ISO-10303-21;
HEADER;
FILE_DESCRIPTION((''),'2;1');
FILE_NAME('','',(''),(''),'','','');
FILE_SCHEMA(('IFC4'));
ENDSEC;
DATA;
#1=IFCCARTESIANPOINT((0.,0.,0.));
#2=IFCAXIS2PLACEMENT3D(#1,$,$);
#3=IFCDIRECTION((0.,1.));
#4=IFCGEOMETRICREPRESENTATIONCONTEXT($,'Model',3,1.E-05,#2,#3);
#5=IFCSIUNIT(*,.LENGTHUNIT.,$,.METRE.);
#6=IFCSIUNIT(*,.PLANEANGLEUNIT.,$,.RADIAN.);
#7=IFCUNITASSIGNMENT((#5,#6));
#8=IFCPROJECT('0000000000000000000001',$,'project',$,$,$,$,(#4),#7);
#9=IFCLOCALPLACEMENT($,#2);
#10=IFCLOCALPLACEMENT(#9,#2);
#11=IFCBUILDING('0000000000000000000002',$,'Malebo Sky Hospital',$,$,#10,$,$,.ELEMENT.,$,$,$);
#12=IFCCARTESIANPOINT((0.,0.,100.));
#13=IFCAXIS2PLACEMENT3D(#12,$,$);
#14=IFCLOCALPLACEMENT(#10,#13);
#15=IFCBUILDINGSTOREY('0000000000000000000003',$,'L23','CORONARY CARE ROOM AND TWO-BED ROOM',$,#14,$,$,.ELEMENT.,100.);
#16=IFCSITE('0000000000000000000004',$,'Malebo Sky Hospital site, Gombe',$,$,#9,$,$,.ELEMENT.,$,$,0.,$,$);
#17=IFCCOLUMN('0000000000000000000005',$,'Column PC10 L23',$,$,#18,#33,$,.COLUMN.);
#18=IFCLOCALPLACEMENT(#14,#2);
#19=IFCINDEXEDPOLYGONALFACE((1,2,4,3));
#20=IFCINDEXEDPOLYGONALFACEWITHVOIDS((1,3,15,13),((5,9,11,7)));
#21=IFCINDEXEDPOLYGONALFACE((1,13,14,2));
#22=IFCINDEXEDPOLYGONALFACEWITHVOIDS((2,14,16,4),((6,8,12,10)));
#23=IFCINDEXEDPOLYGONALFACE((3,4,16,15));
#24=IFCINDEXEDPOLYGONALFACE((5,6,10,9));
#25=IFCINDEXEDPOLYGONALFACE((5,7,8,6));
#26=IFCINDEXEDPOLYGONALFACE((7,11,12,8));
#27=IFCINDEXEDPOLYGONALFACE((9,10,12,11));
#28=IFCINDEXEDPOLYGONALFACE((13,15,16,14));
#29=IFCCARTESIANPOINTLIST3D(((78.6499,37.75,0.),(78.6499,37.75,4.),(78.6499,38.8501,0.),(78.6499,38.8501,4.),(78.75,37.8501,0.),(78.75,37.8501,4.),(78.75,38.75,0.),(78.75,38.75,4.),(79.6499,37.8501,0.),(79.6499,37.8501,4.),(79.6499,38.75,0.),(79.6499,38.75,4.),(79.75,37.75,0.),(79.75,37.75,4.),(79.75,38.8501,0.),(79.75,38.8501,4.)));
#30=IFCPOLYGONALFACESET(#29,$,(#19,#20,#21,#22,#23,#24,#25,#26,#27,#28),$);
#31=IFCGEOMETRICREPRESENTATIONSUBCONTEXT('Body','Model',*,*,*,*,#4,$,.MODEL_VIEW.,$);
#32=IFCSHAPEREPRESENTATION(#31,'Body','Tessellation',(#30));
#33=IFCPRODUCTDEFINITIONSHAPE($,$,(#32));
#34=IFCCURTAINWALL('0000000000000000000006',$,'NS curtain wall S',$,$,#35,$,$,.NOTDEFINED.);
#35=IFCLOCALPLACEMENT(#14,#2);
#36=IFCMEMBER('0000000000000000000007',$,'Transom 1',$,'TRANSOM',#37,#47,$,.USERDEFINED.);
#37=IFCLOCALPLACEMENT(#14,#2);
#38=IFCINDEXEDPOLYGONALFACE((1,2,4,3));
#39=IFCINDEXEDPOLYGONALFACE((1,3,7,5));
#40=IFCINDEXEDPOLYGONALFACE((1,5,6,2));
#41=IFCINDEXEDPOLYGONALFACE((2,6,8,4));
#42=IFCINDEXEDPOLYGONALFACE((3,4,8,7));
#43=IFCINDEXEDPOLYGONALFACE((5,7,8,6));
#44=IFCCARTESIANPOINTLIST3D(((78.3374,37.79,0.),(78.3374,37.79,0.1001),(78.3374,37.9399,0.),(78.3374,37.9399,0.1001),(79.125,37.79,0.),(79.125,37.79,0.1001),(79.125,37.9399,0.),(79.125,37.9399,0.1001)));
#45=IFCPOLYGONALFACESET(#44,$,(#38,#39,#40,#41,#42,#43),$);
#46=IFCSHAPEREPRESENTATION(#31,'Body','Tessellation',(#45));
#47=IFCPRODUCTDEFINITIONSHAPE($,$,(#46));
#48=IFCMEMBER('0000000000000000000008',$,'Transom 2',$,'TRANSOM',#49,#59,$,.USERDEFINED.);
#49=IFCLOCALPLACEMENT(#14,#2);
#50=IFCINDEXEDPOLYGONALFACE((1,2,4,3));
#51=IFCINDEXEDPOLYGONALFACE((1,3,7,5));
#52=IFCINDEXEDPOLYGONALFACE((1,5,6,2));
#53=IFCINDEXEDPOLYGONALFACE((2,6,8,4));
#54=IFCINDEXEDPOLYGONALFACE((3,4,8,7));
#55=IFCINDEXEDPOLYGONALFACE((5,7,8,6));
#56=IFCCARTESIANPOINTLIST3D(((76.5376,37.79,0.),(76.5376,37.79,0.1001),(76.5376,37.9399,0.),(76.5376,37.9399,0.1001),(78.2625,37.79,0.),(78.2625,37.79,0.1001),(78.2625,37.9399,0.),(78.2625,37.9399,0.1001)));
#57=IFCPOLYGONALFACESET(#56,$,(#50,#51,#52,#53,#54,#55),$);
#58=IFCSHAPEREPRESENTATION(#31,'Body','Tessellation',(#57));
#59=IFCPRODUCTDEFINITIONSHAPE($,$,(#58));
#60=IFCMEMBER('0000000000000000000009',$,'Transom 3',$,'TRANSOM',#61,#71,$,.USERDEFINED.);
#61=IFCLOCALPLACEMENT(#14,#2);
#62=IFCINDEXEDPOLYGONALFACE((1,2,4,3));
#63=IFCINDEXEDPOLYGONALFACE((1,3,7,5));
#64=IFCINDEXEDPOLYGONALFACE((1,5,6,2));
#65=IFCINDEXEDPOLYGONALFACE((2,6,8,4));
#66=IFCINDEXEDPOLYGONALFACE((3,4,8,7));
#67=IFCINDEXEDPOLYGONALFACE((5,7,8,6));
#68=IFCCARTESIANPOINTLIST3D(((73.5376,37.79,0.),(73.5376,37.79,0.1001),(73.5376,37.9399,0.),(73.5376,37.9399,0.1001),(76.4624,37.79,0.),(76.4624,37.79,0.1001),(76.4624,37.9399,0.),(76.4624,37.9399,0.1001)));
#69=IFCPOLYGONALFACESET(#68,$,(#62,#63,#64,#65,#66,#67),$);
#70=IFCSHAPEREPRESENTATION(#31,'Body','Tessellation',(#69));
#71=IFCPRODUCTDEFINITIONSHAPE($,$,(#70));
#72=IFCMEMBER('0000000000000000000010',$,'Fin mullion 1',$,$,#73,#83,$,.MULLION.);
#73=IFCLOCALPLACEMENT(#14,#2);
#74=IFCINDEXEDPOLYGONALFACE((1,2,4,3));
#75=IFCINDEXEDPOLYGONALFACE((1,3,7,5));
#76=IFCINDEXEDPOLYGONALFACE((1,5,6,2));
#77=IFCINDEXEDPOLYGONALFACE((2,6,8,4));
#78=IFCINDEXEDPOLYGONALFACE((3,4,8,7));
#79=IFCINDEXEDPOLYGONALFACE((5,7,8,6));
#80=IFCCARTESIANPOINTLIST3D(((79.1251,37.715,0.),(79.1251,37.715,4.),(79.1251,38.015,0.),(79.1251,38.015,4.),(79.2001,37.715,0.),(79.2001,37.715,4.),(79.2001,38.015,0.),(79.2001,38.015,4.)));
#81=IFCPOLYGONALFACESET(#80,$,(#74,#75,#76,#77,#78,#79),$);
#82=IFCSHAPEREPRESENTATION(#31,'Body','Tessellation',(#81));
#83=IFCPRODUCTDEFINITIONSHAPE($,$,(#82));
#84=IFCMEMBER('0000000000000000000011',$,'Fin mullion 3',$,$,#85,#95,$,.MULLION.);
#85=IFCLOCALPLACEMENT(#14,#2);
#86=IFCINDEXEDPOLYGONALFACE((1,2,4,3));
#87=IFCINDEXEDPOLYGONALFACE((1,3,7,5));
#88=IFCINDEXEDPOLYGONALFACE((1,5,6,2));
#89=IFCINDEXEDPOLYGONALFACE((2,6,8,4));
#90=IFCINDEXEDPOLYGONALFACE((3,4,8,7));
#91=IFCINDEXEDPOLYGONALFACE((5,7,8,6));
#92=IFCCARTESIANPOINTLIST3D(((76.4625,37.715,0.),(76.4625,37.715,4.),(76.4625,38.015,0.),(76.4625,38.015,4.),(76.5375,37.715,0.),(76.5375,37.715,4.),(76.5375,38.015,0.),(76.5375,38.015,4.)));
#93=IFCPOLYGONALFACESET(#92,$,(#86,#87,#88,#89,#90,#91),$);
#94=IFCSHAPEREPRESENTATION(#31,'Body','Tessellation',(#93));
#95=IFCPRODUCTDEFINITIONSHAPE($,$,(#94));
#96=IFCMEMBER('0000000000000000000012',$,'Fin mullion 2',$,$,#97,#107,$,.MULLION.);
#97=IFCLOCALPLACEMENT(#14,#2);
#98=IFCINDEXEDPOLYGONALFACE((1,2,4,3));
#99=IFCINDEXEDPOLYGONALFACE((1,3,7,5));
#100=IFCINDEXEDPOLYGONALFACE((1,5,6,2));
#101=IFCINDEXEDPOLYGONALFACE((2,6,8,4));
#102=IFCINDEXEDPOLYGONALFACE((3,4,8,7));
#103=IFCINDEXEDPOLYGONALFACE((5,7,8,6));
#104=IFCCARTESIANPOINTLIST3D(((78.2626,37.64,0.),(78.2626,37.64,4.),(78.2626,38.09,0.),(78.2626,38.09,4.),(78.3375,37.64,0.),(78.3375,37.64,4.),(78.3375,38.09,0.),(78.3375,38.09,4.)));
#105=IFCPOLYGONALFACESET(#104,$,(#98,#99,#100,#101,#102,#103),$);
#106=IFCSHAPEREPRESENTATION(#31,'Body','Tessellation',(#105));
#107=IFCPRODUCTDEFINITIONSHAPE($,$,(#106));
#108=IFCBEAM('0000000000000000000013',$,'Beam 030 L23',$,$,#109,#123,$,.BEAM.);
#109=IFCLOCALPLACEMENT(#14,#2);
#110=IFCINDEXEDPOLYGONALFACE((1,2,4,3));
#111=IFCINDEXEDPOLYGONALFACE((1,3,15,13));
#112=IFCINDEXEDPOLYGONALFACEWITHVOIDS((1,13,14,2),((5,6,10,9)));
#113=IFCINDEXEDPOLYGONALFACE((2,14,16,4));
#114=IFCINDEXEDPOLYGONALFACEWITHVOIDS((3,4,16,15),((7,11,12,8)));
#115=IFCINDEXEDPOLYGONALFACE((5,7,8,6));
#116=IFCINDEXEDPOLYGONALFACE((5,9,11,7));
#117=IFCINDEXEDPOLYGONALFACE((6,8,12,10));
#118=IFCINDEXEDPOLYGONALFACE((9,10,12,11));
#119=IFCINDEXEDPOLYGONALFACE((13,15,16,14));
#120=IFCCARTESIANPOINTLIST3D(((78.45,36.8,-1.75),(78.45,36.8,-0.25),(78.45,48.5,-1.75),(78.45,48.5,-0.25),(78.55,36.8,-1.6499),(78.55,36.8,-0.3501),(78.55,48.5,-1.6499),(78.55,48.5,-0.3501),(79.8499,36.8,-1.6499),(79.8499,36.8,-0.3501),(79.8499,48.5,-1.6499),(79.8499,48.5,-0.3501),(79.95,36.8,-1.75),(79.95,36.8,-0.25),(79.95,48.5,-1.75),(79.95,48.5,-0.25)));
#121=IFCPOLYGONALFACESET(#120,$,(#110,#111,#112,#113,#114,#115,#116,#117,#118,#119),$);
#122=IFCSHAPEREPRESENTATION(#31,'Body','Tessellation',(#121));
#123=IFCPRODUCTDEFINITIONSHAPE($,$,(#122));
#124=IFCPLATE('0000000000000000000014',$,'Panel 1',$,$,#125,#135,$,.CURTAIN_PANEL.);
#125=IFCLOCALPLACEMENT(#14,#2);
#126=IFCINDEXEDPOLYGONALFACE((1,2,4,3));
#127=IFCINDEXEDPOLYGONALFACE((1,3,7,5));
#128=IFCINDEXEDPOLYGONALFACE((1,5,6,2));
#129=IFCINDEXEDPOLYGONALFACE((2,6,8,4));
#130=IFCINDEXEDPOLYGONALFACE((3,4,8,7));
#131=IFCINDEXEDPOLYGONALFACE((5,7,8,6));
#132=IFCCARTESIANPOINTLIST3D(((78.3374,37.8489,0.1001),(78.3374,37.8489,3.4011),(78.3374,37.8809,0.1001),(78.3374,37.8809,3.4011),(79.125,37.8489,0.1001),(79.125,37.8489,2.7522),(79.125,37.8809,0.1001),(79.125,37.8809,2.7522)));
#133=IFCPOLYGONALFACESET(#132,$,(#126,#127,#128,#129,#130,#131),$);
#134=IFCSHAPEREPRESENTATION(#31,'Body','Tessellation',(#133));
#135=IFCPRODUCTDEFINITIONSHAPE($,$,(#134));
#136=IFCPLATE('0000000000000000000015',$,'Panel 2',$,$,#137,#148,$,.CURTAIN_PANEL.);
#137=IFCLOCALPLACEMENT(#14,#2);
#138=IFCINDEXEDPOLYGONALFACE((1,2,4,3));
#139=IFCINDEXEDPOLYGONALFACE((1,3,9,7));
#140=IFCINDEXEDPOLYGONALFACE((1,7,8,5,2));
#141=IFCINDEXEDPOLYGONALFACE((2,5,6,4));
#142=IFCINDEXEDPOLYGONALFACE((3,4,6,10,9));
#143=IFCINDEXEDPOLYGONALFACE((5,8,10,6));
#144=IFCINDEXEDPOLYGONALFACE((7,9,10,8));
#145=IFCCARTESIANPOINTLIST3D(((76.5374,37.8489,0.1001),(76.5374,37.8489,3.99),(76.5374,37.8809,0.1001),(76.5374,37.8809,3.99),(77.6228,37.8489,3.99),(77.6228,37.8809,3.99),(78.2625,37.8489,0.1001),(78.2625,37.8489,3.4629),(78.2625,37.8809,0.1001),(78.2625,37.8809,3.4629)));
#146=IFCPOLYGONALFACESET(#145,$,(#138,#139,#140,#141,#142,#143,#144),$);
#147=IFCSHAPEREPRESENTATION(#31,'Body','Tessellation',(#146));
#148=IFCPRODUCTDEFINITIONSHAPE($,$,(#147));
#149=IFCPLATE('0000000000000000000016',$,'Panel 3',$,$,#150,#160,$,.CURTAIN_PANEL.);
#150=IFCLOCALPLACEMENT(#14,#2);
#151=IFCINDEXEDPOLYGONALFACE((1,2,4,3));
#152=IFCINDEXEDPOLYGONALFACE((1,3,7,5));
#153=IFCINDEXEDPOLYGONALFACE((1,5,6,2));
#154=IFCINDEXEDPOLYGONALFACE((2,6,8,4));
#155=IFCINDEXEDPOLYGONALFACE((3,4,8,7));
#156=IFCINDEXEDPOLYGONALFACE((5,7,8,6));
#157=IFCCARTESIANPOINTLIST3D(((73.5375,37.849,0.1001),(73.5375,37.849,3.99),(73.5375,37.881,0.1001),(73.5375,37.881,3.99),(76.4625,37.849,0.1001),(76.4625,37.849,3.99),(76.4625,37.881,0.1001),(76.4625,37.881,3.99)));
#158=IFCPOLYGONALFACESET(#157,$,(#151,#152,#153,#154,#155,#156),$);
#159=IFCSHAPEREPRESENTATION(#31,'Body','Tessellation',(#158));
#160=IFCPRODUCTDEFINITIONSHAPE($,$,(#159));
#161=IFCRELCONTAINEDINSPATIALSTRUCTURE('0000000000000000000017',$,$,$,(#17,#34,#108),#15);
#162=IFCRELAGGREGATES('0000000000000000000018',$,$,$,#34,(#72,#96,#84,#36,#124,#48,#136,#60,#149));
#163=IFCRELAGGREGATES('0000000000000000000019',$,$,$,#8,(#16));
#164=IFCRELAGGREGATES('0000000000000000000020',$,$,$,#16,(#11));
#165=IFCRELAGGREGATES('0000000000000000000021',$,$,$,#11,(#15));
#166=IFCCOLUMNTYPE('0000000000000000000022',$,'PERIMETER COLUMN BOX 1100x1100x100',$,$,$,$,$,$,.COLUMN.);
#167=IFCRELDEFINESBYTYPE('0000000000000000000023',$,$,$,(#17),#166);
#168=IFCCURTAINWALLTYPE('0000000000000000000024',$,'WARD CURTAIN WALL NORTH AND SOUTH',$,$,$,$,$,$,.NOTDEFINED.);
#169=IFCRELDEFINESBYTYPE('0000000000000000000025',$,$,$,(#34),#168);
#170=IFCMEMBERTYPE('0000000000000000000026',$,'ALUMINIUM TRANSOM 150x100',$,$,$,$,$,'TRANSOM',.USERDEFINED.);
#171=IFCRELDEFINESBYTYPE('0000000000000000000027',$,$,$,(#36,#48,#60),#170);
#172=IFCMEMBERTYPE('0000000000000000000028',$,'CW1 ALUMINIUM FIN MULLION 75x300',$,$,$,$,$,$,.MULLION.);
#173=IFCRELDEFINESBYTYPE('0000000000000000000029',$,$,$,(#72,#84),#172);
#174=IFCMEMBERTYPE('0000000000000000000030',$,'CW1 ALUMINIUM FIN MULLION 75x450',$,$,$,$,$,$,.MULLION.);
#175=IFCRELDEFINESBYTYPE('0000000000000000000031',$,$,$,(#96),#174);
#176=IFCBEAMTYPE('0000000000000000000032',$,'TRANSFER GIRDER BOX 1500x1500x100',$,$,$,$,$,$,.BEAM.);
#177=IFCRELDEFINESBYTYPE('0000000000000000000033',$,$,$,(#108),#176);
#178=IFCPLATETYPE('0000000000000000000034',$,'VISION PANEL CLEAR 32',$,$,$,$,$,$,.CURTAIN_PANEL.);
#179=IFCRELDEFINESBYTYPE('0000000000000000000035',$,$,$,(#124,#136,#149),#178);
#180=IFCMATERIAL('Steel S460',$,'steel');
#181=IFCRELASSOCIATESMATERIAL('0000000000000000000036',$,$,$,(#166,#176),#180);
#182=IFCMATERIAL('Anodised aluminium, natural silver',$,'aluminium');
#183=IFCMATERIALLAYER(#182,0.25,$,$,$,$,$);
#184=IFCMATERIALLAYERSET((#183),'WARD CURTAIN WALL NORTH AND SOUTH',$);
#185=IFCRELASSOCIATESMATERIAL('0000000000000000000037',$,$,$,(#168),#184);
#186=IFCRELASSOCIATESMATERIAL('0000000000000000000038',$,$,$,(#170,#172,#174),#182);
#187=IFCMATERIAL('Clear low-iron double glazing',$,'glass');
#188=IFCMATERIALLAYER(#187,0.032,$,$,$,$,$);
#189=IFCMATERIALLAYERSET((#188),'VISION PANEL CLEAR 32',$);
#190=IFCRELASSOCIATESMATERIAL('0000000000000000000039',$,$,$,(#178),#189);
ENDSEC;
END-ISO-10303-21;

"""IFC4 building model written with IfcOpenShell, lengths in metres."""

from ifc_helpers import new_model, si_unit, direction, frame, origin, origin_2d, place, context, subcontext, project, spatial, polyline, rectangle, hollow_rectangle, outline, extrude, material, layer, layer_set, material_profile, profile_set, type_object, element, aggregate, save


model = new_model("IFC4")

# Units and contexts
model_context = context("Model", 3, precision=1e-05, world=origin(), true_north=direction((0.0, 1.0)))
body_context = subcontext(model_context, "Body", "Model", "MODEL_VIEW")
ifc_project = project(units=[si_unit("LENGTHUNIT", "METRE"), si_unit("PLANEANGLEUNIT", "RADIAN")], contexts=[model_context])

# Site, building, storey
site_placement = place(None, origin())
site = spatial("IfcSite", under=ifc_project, at=site_placement, Name="Malebo Sky Hospital site, Gombe", CompositionType="ELEMENT", RefElevation=0.0)
building_placement = place(site_placement, origin())
building = spatial("IfcBuilding", under=site, at=building_placement, Name="Malebo Sky Hospital", CompositionType="ELEMENT")
storey_placement = place(building_placement, frame((0.0, 0.0, 100.0)))
storey = spatial("IfcBuildingStorey", under=building, at=storey_placement, Name="L23", Description="CORONARY CARE ROOM AND TWO-BED ROOM", CompositionType="ELEMENT", Elevation=100.0)

# Column
ifc_material_1 = material(Name="Steel S460", Category="steel")
ifc_material_profile_1 = material_profile(ifc_material_1, hollow_rectangle(XDim=1.1001, YDim=1.1001, WallThickness=0.1001, at=origin_2d()), Name="BOX 1100x1100x100")
ifc_profile_set_1 = profile_set([ifc_material_profile_1], Name="Steel S460")
column_type = type_object("IfcColumnType", Name="PERIMETER COLUMN BOX 1100x1100x100", PredefinedType="COLUMN", material=ifc_profile_set_1)
column_placement = place(storey_placement, frame((79.2, 38.3, 0.0), z_axis=(0.0, 0.0, 1.0), x_axis=(1.0, 0.0, 0.0)))
element("IfcColumn", 1, at=column_placement, inside=storey, type_object=column_type, Name="Column PC10 L23", PredefinedType="COLUMN", context=body_context, shape_type="SweptSolid", body=[
    extrude(hollow_rectangle(XDim=1.1001, YDim=1.1001, WallThickness=0.1001, at=origin_2d()), origin(), (0.0, 0.0, 1.0), 4.0),
])

# Curtain wall, members
ifc_material_2 = material(Name="Anodised aluminium, natural silver", Category="aluminium")
ifc_layer_1 = layer(ifc_material_2, 0.25)
ifc_layer_set_1 = layer_set([ifc_layer_1], Name="WARD CURTAIN WALL NORTH AND SOUTH")
curtain_wall_type = type_object("IfcCurtainWallType", Name="WARD CURTAIN WALL NORTH AND SOUTH", PredefinedType="NOTDEFINED", material=ifc_layer_set_1)
curtain_wall_placement = place(storey_placement, origin())
curtain_wall = element("IfcCurtainWall", 2, at=curtain_wall_placement, inside=storey, type_object=curtain_wall_type, Name="NS curtain wall S", PredefinedType="NOTDEFINED")
ifc_material_profile_2 = material_profile(ifc_material_2, rectangle(XDim=0.1499, YDim=0.1001, at=origin_2d()), Name="ALUMINIUM TRANSOM 150x100")
ifc_profile_set_2 = profile_set([ifc_material_profile_2], Name="Anodised aluminium, natural silver")
member_type_1 = type_object("IfcMemberType", Name="ALUMINIUM TRANSOM 150x100", ElementType="TRANSOM", PredefinedType="USERDEFINED", material=ifc_profile_set_2)
member_1_placement = place(storey_placement, frame((79.125, 37.865, 0.05), z_axis=(-1.0, 0.0, 0.0), x_axis=(0.0, -1.0, 0.0)))
member_1 = element("IfcMember", 3, at=member_1_placement, type_object=member_type_1, Name="Transom 1", ObjectType="TRANSOM", PredefinedType="USERDEFINED", context=body_context, shape_type="SweptSolid", body=[
    extrude(rectangle(XDim=0.1499, YDim=0.1001, at=origin_2d()), origin(), (0.0, 0.0, 1.0), 0.7876),
])
member_2_placement = place(storey_placement, frame((78.2625, 37.865, 0.05), z_axis=(-1.0, 0.0, 0.0), x_axis=(0.0, -1.0, 0.0)))
member_2 = element("IfcMember", 4, at=member_2_placement, type_object=member_type_1, Name="Transom 2", ObjectType="TRANSOM", PredefinedType="USERDEFINED", context=body_context, shape_type="SweptSolid", body=[
    extrude(rectangle(XDim=0.1499, YDim=0.1001, at=origin_2d()), origin(), (0.0, 0.0, 1.0), 1.7249),
])
member_3_placement = place(storey_placement, frame((76.4624, 37.865, 0.05), z_axis=(-1.0, 0.0, 0.0), x_axis=(0.0, -1.0, 0.0)))
member_3 = element("IfcMember", 5, at=member_3_placement, type_object=member_type_1, Name="Transom 3", ObjectType="TRANSOM", PredefinedType="USERDEFINED", context=body_context, shape_type="SweptSolid", body=[
    extrude(rectangle(XDim=0.1499, YDim=0.1001, at=origin_2d()), origin(), (0.0, 0.0, 1.0), 2.9248),
])
ifc_material_profile_3 = material_profile(ifc_material_2, rectangle(XDim=0.075, YDim=0.3, at=origin_2d()), Name="CW1 ALUMINIUM FIN MULLION 75x300")
ifc_profile_set_3 = profile_set([ifc_material_profile_3], Name="Anodised aluminium, natural silver")
member_type_2 = type_object("IfcMemberType", Name="CW1 ALUMINIUM FIN MULLION 75x300", PredefinedType="MULLION", material=ifc_profile_set_3)
member_4_placement = place(storey_placement, frame((79.1626, 37.865, 0.0), z_axis=(0.0, 0.0, 1.0), x_axis=(-1.0, 0.0, 0.0)))
member_4 = element("IfcMember", 6, at=member_4_placement, type_object=member_type_2, Name="Fin mullion 1", PredefinedType="MULLION", context=body_context, shape_type="SweptSolid", body=[
    extrude(rectangle(XDim=0.075, YDim=0.3, at=origin_2d()), origin(), (0.0, 0.0, 1.0), 4.0),
])
member_5_placement = place(storey_placement, frame((76.5, 37.865, 0.0), z_axis=(0.0, 0.0, 1.0), x_axis=(-1.0, 0.0, 0.0)))
member_5 = element("IfcMember", 7, at=member_5_placement, type_object=member_type_2, Name="Fin mullion 3", PredefinedType="MULLION", context=body_context, shape_type="SweptSolid", body=[
    extrude(rectangle(XDim=0.075, YDim=0.3, at=origin_2d()), origin(), (0.0, 0.0, 1.0), 4.0),
])
ifc_material_profile_4 = material_profile(ifc_material_2, rectangle(XDim=0.075, YDim=0.45, at=origin_2d()), Name="CW1 ALUMINIUM FIN MULLION 75x450")
ifc_profile_set_4 = profile_set([ifc_material_profile_4], Name="Anodised aluminium, natural silver")
member_type_3 = type_object("IfcMemberType", Name="CW1 ALUMINIUM FIN MULLION 75x450", PredefinedType="MULLION", material=ifc_profile_set_4)
member_6_placement = place(storey_placement, frame((78.3, 37.865, 0.0), z_axis=(0.0, 0.0, 1.0), x_axis=(-1.0, 0.0, 0.0)))
member_6 = element("IfcMember", 8, at=member_6_placement, type_object=member_type_3, Name="Fin mullion 2", PredefinedType="MULLION", context=body_context, shape_type="SweptSolid", body=[
    extrude(rectangle(XDim=0.075, YDim=0.45, at=origin_2d()), origin(), (0.0, 0.0, 1.0), 4.0),
])

# Beam
ifc_material_profile_5 = material_profile(ifc_material_1, hollow_rectangle(XDim=1.5, YDim=1.5, WallThickness=0.1001, at=origin_2d()), Name="BOX 1500x1500x100")
ifc_profile_set_5 = profile_set([ifc_material_profile_5], Name="Steel S460")
beam_type = type_object("IfcBeamType", Name="TRANSFER GIRDER BOX 1500x1500x100", PredefinedType="BEAM", material=ifc_profile_set_5)
beam_placement = place(storey_placement, frame((79.2, 36.8, -1.0), z_axis=(0.0, 1.0, 0.0), x_axis=(-1.0, 0.0, 0.0)))
element("IfcBeam", 9, at=beam_placement, inside=storey, type_object=beam_type, Name="Beam 030 L23", PredefinedType="BEAM", context=body_context, shape_type="SweptSolid", body=[
    extrude(hollow_rectangle(XDim=1.5, YDim=1.5, WallThickness=0.1001, at=origin_2d()), origin(), (0.0, 0.0, 1.0), 11.7),
])

# Plates
ifc_material_3 = material(Name="Clear low-iron double glazing", Category="glass")
ifc_layer_2 = layer(ifc_material_3, 0.032)
ifc_layer_set_2 = layer_set([ifc_layer_2], Name="VISION PANEL CLEAR 32")
plate_type = type_object("IfcPlateType", Name="VISION PANEL CLEAR 32", PredefinedType="CURTAIN_PANEL", material=ifc_layer_set_2)
plate_1_placement = place(storey_placement, frame((78.7312, 37.865, 0.1001), z_axis=(0.0, 0.0, 1.0), x_axis=(-1.0, 0.0, 0.0)))
plate_1 = element("IfcPlate", 10, at=plate_1_placement, type_object=plate_type, Name="Panel 1", PredefinedType="CURTAIN_PANEL", context=body_context, shape_type="SweptSolid", body=[
    extrude(outline(polyline([(-0.3938, 0.0), (0.3938, 0.0), (0.3938, 3.301), (-0.3938, 2.6521), (-0.3938, 0.0)])), frame((0.0, 0.0161, 0.0), z_axis=(0.0, -1.0, 0.0), x_axis=(1.0, 0.0, 0.0)), (0.0, 0.0, 1.0), 0.032),
])
plate_2_placement = place(storey_placement, frame((77.3999, 37.865, 0.1001), z_axis=(0.0, 0.0, 1.0), x_axis=(-1.0, 0.0, 0.0)))
plate_2 = element("IfcPlate", 11, at=plate_2_placement, type_object=plate_type, Name="Panel 2", PredefinedType="CURTAIN_PANEL", context=body_context, shape_type="SweptSolid", body=[
    extrude(outline(polyline([(-0.8625, 0.0), (0.8625, 0.0), (0.8625, 3.8899), (-0.2229, 3.8899), (-0.8625, 3.3628), (-0.8625, 0.0)])), frame((0.0, 0.0161, 0.0), z_axis=(0.0, -1.0, 0.0), x_axis=(1.0, 0.0, 0.0)), (0.0, 0.0, 1.0), 0.032),
])
plate_3_placement = place(storey_placement, frame((75.0, 37.865, 0.1001), z_axis=(0.0, 0.0, 1.0), x_axis=(-1.0, 0.0, 0.0)))
plate_3 = element("IfcPlate", 12, at=plate_3_placement, type_object=plate_type, Name="Panel 3", PredefinedType="CURTAIN_PANEL", context=body_context, shape_type="SweptSolid", body=[
    extrude(rectangle(XDim=2.925, YDim=0.032, at=origin_2d()), origin(), (0.0, 0.0, 1.0), 3.8899),
])
aggregate(curtain_wall, [member_4, member_6, member_5, member_1, plate_1, member_2, plate_2, member_3, plate_3])

save(model, "model.ifc")
